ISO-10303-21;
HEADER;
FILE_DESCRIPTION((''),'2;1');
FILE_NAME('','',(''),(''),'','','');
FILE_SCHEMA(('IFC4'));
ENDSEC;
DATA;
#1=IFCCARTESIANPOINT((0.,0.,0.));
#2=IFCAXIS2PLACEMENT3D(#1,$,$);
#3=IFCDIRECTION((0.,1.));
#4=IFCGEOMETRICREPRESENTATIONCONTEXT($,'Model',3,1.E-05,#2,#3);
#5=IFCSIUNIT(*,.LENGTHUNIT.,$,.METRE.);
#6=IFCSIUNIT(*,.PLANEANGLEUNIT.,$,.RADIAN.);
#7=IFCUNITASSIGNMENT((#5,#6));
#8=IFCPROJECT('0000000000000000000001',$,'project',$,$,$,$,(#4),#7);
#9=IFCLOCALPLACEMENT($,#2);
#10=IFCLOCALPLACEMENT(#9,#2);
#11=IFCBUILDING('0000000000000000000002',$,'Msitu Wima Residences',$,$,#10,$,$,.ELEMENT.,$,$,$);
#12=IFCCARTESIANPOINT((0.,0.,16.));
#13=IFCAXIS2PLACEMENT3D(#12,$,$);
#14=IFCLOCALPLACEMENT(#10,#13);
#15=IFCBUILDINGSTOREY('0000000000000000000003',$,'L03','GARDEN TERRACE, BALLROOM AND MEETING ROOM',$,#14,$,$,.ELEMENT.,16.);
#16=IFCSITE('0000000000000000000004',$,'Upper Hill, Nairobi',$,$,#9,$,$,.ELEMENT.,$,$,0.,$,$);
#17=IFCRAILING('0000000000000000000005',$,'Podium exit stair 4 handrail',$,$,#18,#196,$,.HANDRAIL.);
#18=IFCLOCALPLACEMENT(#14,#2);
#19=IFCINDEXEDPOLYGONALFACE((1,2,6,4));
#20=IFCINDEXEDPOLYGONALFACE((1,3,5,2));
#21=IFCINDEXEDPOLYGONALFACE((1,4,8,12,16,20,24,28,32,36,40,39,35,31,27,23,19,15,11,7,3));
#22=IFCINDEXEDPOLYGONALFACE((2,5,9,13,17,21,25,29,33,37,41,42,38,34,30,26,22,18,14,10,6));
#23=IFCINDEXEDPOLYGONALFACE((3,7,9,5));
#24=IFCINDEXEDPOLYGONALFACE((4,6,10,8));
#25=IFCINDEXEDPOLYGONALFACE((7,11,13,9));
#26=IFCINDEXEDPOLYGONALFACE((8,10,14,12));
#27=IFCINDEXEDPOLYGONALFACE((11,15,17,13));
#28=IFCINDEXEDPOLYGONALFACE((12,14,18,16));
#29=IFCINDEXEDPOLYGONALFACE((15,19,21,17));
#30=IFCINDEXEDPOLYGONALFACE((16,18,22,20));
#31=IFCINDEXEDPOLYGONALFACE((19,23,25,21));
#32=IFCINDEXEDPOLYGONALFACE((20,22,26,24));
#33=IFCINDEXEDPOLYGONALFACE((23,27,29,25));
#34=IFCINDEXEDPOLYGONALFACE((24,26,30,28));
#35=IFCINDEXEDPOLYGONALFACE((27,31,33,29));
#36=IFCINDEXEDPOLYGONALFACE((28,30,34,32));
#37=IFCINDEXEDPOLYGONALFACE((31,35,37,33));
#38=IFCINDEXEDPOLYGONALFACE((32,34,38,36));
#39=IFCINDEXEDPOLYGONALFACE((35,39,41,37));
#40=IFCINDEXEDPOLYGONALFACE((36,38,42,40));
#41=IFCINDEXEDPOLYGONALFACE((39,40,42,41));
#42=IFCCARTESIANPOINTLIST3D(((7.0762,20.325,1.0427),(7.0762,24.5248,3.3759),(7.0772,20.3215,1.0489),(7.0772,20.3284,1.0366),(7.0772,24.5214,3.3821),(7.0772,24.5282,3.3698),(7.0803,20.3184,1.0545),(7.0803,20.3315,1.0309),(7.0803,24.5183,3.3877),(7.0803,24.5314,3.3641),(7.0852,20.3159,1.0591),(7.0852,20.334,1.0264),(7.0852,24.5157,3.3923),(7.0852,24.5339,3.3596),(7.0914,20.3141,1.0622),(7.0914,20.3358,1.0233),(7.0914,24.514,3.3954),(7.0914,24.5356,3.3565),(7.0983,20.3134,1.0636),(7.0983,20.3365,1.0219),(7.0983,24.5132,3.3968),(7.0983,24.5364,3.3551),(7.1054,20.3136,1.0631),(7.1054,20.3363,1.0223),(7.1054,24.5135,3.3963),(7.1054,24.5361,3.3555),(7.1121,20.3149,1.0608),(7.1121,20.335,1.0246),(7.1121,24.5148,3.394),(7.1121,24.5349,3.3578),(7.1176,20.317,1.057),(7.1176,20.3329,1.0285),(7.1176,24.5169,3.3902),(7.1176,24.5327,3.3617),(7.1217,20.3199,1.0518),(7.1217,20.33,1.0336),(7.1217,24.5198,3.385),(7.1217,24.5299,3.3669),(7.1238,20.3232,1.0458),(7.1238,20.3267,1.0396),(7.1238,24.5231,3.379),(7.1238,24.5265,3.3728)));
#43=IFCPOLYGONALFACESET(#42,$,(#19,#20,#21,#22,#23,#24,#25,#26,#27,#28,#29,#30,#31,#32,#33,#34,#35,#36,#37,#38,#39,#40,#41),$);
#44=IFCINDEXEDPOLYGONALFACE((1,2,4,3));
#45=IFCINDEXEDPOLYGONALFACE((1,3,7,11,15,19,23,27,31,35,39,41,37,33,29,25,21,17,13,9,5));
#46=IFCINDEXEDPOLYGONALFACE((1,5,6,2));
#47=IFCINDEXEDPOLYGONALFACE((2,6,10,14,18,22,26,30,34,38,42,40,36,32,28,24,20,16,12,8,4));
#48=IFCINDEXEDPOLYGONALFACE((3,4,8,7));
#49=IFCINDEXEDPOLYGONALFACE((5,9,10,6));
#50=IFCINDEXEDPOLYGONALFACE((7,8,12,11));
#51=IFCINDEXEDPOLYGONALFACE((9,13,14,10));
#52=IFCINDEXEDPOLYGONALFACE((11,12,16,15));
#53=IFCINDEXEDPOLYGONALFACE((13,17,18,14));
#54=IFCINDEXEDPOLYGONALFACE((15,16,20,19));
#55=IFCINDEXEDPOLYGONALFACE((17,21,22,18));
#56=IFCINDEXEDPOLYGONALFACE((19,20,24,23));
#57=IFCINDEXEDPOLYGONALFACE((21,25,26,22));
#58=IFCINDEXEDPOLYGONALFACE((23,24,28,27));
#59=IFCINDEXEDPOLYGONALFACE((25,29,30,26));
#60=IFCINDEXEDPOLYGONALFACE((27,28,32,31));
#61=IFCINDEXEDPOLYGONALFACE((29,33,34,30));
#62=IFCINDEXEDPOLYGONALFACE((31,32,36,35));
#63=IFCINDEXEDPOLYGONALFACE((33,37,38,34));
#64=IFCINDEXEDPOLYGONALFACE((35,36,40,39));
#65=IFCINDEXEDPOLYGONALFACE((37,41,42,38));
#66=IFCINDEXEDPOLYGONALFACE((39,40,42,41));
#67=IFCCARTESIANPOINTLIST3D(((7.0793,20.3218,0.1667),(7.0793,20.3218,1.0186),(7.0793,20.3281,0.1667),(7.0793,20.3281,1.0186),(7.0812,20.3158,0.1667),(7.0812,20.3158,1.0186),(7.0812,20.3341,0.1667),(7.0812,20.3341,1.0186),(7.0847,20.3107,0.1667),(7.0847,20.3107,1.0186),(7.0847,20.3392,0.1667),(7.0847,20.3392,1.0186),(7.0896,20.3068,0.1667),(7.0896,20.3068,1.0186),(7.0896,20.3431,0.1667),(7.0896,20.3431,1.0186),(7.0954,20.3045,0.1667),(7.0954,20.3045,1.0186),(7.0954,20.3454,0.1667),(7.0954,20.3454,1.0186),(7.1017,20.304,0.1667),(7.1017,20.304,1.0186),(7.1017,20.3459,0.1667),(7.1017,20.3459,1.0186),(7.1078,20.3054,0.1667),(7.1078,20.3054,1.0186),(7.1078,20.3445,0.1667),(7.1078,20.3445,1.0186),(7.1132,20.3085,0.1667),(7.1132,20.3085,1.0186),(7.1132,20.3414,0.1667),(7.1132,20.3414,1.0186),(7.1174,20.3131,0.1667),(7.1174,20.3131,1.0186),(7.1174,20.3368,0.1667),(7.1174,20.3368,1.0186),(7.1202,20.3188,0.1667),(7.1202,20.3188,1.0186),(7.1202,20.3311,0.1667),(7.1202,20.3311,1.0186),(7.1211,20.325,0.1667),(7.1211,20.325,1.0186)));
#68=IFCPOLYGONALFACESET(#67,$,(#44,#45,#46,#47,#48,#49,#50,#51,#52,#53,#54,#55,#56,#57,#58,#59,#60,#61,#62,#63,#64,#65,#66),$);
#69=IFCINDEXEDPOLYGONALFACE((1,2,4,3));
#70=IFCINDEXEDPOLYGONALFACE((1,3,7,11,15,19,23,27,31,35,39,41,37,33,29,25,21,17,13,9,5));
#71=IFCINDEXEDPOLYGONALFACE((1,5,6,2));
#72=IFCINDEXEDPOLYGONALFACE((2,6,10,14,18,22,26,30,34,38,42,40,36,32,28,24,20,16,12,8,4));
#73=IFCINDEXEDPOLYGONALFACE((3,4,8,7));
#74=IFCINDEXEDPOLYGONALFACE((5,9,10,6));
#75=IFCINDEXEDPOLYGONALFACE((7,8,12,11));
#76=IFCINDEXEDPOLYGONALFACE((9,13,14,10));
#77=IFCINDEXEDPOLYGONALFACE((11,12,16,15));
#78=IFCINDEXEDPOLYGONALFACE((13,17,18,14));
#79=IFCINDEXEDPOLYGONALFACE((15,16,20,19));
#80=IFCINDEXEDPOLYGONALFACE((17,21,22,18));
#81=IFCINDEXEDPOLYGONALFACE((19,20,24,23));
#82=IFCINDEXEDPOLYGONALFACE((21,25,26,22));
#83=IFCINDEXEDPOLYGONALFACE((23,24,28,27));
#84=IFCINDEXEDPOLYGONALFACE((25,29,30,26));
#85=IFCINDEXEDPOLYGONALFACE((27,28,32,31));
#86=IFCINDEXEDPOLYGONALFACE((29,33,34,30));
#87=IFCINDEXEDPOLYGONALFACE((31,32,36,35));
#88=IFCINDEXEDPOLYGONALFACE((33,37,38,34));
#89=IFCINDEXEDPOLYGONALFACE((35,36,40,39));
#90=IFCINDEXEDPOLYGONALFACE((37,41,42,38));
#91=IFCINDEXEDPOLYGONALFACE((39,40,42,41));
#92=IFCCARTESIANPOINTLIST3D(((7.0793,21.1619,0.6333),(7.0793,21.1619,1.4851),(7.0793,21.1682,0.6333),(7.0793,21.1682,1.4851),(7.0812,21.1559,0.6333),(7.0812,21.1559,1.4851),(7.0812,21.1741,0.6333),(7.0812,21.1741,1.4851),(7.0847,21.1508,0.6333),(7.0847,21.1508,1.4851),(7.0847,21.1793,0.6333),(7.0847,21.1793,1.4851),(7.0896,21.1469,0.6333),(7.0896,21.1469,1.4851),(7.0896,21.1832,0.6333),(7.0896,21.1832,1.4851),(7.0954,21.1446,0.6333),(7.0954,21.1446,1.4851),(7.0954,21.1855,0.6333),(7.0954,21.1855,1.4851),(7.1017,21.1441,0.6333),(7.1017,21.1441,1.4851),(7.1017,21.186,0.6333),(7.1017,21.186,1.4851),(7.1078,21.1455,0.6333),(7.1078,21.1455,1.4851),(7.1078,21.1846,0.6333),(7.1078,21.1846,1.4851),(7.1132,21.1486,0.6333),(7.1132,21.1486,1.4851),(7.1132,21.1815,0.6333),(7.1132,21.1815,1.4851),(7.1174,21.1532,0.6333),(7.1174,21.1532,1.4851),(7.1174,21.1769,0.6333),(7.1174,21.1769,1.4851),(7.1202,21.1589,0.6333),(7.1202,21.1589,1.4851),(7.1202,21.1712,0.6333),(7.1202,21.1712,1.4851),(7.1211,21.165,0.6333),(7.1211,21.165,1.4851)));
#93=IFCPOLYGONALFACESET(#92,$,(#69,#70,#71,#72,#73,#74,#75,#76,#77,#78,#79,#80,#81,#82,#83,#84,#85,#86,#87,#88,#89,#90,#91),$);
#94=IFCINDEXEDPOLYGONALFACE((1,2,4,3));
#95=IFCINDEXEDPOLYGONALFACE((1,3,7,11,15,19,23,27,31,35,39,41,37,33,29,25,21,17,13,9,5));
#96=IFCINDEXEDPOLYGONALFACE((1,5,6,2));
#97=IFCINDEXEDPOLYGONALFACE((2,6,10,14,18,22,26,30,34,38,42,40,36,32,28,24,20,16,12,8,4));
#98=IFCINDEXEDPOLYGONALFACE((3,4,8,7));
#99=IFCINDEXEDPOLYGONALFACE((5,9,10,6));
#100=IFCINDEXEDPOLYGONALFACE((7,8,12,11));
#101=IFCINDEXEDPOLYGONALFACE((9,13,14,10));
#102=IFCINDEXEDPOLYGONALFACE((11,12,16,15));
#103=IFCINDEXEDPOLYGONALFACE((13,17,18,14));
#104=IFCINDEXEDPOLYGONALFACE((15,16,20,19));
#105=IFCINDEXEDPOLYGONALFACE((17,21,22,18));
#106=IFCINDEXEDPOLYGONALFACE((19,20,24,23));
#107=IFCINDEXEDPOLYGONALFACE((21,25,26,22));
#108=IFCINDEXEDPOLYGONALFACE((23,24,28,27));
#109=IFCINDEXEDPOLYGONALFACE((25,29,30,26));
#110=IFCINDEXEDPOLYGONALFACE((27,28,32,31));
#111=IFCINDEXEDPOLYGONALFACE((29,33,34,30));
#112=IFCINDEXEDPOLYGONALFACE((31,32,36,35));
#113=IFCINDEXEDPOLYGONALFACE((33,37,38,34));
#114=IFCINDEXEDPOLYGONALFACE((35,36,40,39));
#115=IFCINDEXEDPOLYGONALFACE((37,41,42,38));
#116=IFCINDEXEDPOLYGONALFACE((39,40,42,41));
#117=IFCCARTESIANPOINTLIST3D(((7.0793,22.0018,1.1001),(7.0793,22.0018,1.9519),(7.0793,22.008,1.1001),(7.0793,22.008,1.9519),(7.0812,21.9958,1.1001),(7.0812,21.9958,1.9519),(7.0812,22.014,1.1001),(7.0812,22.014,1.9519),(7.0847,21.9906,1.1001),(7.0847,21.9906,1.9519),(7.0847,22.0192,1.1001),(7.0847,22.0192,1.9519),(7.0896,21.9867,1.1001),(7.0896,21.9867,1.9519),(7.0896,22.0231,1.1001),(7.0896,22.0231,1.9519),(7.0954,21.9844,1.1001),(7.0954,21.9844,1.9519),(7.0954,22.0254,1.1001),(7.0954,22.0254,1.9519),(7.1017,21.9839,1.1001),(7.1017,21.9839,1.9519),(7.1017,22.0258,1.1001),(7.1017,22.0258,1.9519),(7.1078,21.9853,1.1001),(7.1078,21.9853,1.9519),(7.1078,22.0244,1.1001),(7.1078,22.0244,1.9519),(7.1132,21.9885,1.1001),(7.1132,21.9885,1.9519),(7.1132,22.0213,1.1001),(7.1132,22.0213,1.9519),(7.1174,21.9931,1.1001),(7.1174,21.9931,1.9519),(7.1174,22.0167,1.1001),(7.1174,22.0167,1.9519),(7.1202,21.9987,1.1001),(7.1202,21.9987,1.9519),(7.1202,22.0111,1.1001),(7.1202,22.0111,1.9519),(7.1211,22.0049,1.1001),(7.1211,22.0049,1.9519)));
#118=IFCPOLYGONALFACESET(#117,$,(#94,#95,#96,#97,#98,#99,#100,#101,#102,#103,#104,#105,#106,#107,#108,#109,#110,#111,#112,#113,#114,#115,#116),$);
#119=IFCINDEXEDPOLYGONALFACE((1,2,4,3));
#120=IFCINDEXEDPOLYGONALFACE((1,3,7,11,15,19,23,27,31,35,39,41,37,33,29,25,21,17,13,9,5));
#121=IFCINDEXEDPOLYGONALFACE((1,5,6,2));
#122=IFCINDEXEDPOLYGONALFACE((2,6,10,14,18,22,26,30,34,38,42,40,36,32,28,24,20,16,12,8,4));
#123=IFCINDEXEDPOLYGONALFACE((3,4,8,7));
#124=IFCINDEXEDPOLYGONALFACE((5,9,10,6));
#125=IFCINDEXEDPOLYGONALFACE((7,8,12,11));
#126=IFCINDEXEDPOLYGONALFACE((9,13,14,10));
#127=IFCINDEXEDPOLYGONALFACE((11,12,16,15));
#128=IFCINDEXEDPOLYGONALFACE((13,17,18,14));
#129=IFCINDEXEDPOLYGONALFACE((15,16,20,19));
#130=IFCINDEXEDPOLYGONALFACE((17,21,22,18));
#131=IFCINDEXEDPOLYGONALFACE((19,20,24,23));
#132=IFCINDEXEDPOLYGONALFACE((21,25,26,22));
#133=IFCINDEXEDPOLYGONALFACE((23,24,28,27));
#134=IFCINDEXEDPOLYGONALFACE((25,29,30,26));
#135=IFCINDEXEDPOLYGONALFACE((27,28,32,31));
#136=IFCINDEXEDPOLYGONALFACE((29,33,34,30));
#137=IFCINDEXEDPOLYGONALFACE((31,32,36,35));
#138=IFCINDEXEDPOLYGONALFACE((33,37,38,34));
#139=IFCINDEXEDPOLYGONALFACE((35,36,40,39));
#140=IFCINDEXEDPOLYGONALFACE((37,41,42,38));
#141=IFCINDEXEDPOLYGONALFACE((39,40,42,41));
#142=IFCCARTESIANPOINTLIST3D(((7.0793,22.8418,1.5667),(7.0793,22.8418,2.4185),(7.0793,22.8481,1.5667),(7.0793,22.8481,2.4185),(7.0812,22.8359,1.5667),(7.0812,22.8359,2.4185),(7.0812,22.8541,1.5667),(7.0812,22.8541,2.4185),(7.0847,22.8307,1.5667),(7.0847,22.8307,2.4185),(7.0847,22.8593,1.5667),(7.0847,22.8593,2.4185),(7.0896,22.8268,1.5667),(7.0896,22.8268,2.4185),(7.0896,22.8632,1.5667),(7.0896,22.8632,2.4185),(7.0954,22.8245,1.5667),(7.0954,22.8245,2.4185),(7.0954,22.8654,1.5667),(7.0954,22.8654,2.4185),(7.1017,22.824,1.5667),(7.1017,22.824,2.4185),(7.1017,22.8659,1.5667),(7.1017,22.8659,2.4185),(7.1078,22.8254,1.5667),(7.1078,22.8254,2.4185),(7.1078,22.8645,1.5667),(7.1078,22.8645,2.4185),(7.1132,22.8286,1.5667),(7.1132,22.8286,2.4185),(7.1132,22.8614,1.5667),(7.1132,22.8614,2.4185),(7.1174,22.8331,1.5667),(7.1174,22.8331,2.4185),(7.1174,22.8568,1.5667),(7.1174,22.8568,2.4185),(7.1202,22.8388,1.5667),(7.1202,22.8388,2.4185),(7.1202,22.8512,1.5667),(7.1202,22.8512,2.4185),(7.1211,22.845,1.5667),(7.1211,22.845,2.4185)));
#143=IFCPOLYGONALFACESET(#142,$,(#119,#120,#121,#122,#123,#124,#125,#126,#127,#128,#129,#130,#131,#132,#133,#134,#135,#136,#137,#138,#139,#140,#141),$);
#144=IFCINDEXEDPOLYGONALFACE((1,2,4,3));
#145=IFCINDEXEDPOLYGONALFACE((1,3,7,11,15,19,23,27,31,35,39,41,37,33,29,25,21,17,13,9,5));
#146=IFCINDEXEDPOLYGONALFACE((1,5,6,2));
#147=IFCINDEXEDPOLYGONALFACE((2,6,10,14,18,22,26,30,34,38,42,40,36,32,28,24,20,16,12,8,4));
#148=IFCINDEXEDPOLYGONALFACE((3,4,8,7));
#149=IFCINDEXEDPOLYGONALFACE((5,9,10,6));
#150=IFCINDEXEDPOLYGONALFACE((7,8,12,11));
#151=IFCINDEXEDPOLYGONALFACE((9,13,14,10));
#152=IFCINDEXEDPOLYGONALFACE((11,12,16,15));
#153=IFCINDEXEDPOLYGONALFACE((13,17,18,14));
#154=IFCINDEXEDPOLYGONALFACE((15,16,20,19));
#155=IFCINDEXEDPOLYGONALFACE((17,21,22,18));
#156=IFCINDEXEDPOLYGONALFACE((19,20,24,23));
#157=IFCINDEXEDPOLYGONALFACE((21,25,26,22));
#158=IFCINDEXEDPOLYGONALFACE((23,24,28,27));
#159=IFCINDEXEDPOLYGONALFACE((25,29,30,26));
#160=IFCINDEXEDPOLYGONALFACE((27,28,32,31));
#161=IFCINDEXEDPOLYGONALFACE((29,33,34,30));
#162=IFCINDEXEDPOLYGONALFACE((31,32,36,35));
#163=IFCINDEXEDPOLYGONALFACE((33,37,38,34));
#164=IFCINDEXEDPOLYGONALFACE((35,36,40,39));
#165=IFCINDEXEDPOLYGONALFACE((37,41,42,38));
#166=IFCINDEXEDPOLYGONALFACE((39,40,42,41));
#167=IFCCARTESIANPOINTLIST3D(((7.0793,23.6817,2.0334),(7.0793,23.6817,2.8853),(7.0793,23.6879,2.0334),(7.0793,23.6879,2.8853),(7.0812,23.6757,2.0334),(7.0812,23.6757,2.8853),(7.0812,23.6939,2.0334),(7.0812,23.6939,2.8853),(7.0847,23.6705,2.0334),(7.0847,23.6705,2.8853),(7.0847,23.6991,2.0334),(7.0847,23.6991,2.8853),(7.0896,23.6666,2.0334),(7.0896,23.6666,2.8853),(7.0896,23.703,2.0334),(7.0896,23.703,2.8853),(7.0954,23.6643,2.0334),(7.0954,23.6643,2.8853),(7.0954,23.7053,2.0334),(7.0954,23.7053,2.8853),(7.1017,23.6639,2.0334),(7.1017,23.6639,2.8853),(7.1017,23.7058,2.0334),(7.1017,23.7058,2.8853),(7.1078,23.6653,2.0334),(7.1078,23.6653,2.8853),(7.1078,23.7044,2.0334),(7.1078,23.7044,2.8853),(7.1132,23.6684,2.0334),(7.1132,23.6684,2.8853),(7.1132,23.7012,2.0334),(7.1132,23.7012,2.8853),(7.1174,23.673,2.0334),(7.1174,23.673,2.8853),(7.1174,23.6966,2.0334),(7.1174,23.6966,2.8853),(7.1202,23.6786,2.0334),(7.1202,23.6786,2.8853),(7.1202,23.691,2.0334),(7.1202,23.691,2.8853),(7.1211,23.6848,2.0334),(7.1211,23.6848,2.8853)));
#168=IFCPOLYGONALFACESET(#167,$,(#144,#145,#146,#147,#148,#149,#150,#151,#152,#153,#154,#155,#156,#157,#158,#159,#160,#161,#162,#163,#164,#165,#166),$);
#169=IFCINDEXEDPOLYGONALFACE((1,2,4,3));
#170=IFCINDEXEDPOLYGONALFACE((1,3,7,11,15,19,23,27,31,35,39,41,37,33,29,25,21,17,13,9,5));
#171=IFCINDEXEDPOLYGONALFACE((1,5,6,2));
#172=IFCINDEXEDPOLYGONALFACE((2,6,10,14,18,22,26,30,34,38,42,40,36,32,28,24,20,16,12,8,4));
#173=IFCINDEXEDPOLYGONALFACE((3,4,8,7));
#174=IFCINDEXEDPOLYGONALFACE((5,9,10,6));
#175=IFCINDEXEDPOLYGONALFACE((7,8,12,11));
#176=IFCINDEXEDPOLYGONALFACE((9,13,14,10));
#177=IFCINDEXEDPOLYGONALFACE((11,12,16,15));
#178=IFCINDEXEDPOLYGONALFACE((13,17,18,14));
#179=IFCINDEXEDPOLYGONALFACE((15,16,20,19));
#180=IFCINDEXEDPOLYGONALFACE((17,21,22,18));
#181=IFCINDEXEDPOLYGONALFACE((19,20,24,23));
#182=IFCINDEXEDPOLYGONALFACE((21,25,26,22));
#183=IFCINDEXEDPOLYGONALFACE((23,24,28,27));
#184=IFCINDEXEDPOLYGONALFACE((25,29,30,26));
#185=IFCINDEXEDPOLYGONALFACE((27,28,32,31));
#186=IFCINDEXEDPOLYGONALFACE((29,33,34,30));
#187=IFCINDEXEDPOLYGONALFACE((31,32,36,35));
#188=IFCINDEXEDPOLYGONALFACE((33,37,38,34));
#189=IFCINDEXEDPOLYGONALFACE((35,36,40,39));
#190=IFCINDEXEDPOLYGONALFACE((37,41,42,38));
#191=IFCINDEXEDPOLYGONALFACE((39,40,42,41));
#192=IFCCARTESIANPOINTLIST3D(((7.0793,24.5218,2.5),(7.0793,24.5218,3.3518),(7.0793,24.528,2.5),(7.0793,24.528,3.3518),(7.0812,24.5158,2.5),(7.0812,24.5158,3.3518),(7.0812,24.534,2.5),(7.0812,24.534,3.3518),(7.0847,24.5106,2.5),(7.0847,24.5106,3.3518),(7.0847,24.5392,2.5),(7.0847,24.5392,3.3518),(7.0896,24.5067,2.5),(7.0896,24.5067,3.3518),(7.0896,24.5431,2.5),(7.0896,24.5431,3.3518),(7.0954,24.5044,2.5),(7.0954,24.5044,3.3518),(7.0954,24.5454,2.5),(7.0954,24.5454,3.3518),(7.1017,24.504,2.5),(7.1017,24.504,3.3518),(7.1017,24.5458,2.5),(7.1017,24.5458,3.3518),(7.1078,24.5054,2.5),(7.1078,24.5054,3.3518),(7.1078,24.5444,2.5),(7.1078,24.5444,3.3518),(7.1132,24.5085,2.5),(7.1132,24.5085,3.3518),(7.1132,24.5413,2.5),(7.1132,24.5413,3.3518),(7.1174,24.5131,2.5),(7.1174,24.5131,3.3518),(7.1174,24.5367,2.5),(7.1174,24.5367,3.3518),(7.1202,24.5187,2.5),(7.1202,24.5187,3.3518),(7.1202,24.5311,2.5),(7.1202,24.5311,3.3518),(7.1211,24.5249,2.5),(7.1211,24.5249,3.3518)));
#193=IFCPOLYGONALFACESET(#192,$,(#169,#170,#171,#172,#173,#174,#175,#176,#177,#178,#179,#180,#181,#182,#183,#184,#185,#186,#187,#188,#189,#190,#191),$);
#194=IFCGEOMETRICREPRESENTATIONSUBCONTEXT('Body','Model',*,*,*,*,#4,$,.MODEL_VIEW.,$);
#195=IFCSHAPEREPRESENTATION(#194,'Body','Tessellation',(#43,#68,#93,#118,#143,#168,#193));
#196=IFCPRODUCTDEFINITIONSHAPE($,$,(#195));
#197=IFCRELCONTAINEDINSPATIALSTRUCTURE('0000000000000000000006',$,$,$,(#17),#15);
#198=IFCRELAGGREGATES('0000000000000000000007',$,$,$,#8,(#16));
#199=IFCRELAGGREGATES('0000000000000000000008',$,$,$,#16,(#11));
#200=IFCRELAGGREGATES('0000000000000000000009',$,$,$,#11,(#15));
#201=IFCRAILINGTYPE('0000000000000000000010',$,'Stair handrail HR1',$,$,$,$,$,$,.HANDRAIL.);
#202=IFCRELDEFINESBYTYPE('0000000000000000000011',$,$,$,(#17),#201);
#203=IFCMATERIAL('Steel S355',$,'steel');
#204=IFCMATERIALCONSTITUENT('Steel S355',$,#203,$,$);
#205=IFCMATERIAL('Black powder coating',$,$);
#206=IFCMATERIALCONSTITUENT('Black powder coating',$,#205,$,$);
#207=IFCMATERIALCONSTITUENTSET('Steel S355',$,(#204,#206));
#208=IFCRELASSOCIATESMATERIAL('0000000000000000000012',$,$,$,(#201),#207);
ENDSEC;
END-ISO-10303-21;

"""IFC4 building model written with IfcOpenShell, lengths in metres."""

from ifc_helpers import new_model, si_unit, direction, frame, origin, origin_2d, place, context, subcontext, project, spatial, circle, extrude, material, constituent, constituent_set, type_object, element, save


model = new_model("IFC4")

# Units and contexts
model_context = context("Model", 3, precision=1e-05, world=origin(), true_north=direction((0.0, 1.0)))
body_context = subcontext(model_context, "Body", "Model", "MODEL_VIEW")
ifc_project = project(units=[si_unit("LENGTHUNIT", "METRE"), si_unit("PLANEANGLEUNIT", "RADIAN")], contexts=[model_context])

# Site, building, storey
site_placement = place(None, origin())
site = spatial("IfcSite", under=ifc_project, at=site_placement, Name="Upper Hill, Nairobi", CompositionType="ELEMENT", RefElevation=0.0)
building_placement = place(site_placement, origin())
building = spatial("IfcBuilding", under=site, at=building_placement, Name="Msitu Wima Residences", CompositionType="ELEMENT")
storey_placement = place(building_placement, frame((0.0, 0.0, 16.0)))
storey = spatial("IfcBuildingStorey", under=building, at=storey_placement, Name="L03", Description="GARDEN TERRACE, BALLROOM AND MEETING ROOM", CompositionType="ELEMENT", Elevation=16.0)

# Railing
ifc_material_1 = material(Name="Steel S355", Category="steel")
ifc_constituent_1 = constituent(ifc_material_1, Name="Steel S355")
ifc_material_2 = material(Name="Black powder coating")
ifc_constituent_2 = constituent(ifc_material_2, Name="Black powder coating")
ifc_constituent_set = constituent_set(constituents=[ifc_constituent_1, ifc_constituent_2], Name="Steel S355")
railing_type = type_object("IfcRailingType", Name="Stair handrail HR1", PredefinedType="HANDRAIL", material=ifc_constituent_set)
for number, where, name in (
    (1, (7.1001, 20.325, 0.1667), "Podium exit stair 4 handrail"),
):
    element("IfcRailing", number, at=place(storey_placement, frame(where)), inside=storey, type_object=railing_type, Name=name, PredefinedType="HANDRAIL", context=body_context, shape_type="SweptSolid", body=[
        extrude(circle(Radius=0.0239, at=origin_2d()), frame((0.0, 0.0, 0.876), z_axis=(0.0, 0.874162, 0.485634), x_axis=(-1.0, 0.0, 0.0)), (0.0, 0.0, 1.0), 4.8044),
        extrude(circle(Radius=0.021, at=origin_2d()), origin(), (0.0, 0.0, 1.0), 0.8518),
        extrude(circle(Radius=0.021, at=origin_2d()), frame((0.0, 0.8401, 0.4666)), (0.0, 0.0, 1.0), 0.8518),
        extrude(circle(Radius=0.021, at=origin_2d()), frame((0.0, 1.6799, 0.9333)), (0.0, 0.0, 1.0), 0.8518),
        extrude(circle(Radius=0.021, at=origin_2d()), frame((0.0, 2.52, 1.3999)), (0.0, 0.0, 1.0), 0.8518),
        extrude(circle(Radius=0.021, at=origin_2d()), frame((0.0, 3.3599, 1.8667)), (0.0, 0.0, 1.0), 0.8518),
        extrude(circle(Radius=0.021, at=origin_2d()), frame((0.0, 4.2, 2.3333)), (0.0, 0.0, 1.0), 0.8518),
    ])

save(model, "model.ifc")
